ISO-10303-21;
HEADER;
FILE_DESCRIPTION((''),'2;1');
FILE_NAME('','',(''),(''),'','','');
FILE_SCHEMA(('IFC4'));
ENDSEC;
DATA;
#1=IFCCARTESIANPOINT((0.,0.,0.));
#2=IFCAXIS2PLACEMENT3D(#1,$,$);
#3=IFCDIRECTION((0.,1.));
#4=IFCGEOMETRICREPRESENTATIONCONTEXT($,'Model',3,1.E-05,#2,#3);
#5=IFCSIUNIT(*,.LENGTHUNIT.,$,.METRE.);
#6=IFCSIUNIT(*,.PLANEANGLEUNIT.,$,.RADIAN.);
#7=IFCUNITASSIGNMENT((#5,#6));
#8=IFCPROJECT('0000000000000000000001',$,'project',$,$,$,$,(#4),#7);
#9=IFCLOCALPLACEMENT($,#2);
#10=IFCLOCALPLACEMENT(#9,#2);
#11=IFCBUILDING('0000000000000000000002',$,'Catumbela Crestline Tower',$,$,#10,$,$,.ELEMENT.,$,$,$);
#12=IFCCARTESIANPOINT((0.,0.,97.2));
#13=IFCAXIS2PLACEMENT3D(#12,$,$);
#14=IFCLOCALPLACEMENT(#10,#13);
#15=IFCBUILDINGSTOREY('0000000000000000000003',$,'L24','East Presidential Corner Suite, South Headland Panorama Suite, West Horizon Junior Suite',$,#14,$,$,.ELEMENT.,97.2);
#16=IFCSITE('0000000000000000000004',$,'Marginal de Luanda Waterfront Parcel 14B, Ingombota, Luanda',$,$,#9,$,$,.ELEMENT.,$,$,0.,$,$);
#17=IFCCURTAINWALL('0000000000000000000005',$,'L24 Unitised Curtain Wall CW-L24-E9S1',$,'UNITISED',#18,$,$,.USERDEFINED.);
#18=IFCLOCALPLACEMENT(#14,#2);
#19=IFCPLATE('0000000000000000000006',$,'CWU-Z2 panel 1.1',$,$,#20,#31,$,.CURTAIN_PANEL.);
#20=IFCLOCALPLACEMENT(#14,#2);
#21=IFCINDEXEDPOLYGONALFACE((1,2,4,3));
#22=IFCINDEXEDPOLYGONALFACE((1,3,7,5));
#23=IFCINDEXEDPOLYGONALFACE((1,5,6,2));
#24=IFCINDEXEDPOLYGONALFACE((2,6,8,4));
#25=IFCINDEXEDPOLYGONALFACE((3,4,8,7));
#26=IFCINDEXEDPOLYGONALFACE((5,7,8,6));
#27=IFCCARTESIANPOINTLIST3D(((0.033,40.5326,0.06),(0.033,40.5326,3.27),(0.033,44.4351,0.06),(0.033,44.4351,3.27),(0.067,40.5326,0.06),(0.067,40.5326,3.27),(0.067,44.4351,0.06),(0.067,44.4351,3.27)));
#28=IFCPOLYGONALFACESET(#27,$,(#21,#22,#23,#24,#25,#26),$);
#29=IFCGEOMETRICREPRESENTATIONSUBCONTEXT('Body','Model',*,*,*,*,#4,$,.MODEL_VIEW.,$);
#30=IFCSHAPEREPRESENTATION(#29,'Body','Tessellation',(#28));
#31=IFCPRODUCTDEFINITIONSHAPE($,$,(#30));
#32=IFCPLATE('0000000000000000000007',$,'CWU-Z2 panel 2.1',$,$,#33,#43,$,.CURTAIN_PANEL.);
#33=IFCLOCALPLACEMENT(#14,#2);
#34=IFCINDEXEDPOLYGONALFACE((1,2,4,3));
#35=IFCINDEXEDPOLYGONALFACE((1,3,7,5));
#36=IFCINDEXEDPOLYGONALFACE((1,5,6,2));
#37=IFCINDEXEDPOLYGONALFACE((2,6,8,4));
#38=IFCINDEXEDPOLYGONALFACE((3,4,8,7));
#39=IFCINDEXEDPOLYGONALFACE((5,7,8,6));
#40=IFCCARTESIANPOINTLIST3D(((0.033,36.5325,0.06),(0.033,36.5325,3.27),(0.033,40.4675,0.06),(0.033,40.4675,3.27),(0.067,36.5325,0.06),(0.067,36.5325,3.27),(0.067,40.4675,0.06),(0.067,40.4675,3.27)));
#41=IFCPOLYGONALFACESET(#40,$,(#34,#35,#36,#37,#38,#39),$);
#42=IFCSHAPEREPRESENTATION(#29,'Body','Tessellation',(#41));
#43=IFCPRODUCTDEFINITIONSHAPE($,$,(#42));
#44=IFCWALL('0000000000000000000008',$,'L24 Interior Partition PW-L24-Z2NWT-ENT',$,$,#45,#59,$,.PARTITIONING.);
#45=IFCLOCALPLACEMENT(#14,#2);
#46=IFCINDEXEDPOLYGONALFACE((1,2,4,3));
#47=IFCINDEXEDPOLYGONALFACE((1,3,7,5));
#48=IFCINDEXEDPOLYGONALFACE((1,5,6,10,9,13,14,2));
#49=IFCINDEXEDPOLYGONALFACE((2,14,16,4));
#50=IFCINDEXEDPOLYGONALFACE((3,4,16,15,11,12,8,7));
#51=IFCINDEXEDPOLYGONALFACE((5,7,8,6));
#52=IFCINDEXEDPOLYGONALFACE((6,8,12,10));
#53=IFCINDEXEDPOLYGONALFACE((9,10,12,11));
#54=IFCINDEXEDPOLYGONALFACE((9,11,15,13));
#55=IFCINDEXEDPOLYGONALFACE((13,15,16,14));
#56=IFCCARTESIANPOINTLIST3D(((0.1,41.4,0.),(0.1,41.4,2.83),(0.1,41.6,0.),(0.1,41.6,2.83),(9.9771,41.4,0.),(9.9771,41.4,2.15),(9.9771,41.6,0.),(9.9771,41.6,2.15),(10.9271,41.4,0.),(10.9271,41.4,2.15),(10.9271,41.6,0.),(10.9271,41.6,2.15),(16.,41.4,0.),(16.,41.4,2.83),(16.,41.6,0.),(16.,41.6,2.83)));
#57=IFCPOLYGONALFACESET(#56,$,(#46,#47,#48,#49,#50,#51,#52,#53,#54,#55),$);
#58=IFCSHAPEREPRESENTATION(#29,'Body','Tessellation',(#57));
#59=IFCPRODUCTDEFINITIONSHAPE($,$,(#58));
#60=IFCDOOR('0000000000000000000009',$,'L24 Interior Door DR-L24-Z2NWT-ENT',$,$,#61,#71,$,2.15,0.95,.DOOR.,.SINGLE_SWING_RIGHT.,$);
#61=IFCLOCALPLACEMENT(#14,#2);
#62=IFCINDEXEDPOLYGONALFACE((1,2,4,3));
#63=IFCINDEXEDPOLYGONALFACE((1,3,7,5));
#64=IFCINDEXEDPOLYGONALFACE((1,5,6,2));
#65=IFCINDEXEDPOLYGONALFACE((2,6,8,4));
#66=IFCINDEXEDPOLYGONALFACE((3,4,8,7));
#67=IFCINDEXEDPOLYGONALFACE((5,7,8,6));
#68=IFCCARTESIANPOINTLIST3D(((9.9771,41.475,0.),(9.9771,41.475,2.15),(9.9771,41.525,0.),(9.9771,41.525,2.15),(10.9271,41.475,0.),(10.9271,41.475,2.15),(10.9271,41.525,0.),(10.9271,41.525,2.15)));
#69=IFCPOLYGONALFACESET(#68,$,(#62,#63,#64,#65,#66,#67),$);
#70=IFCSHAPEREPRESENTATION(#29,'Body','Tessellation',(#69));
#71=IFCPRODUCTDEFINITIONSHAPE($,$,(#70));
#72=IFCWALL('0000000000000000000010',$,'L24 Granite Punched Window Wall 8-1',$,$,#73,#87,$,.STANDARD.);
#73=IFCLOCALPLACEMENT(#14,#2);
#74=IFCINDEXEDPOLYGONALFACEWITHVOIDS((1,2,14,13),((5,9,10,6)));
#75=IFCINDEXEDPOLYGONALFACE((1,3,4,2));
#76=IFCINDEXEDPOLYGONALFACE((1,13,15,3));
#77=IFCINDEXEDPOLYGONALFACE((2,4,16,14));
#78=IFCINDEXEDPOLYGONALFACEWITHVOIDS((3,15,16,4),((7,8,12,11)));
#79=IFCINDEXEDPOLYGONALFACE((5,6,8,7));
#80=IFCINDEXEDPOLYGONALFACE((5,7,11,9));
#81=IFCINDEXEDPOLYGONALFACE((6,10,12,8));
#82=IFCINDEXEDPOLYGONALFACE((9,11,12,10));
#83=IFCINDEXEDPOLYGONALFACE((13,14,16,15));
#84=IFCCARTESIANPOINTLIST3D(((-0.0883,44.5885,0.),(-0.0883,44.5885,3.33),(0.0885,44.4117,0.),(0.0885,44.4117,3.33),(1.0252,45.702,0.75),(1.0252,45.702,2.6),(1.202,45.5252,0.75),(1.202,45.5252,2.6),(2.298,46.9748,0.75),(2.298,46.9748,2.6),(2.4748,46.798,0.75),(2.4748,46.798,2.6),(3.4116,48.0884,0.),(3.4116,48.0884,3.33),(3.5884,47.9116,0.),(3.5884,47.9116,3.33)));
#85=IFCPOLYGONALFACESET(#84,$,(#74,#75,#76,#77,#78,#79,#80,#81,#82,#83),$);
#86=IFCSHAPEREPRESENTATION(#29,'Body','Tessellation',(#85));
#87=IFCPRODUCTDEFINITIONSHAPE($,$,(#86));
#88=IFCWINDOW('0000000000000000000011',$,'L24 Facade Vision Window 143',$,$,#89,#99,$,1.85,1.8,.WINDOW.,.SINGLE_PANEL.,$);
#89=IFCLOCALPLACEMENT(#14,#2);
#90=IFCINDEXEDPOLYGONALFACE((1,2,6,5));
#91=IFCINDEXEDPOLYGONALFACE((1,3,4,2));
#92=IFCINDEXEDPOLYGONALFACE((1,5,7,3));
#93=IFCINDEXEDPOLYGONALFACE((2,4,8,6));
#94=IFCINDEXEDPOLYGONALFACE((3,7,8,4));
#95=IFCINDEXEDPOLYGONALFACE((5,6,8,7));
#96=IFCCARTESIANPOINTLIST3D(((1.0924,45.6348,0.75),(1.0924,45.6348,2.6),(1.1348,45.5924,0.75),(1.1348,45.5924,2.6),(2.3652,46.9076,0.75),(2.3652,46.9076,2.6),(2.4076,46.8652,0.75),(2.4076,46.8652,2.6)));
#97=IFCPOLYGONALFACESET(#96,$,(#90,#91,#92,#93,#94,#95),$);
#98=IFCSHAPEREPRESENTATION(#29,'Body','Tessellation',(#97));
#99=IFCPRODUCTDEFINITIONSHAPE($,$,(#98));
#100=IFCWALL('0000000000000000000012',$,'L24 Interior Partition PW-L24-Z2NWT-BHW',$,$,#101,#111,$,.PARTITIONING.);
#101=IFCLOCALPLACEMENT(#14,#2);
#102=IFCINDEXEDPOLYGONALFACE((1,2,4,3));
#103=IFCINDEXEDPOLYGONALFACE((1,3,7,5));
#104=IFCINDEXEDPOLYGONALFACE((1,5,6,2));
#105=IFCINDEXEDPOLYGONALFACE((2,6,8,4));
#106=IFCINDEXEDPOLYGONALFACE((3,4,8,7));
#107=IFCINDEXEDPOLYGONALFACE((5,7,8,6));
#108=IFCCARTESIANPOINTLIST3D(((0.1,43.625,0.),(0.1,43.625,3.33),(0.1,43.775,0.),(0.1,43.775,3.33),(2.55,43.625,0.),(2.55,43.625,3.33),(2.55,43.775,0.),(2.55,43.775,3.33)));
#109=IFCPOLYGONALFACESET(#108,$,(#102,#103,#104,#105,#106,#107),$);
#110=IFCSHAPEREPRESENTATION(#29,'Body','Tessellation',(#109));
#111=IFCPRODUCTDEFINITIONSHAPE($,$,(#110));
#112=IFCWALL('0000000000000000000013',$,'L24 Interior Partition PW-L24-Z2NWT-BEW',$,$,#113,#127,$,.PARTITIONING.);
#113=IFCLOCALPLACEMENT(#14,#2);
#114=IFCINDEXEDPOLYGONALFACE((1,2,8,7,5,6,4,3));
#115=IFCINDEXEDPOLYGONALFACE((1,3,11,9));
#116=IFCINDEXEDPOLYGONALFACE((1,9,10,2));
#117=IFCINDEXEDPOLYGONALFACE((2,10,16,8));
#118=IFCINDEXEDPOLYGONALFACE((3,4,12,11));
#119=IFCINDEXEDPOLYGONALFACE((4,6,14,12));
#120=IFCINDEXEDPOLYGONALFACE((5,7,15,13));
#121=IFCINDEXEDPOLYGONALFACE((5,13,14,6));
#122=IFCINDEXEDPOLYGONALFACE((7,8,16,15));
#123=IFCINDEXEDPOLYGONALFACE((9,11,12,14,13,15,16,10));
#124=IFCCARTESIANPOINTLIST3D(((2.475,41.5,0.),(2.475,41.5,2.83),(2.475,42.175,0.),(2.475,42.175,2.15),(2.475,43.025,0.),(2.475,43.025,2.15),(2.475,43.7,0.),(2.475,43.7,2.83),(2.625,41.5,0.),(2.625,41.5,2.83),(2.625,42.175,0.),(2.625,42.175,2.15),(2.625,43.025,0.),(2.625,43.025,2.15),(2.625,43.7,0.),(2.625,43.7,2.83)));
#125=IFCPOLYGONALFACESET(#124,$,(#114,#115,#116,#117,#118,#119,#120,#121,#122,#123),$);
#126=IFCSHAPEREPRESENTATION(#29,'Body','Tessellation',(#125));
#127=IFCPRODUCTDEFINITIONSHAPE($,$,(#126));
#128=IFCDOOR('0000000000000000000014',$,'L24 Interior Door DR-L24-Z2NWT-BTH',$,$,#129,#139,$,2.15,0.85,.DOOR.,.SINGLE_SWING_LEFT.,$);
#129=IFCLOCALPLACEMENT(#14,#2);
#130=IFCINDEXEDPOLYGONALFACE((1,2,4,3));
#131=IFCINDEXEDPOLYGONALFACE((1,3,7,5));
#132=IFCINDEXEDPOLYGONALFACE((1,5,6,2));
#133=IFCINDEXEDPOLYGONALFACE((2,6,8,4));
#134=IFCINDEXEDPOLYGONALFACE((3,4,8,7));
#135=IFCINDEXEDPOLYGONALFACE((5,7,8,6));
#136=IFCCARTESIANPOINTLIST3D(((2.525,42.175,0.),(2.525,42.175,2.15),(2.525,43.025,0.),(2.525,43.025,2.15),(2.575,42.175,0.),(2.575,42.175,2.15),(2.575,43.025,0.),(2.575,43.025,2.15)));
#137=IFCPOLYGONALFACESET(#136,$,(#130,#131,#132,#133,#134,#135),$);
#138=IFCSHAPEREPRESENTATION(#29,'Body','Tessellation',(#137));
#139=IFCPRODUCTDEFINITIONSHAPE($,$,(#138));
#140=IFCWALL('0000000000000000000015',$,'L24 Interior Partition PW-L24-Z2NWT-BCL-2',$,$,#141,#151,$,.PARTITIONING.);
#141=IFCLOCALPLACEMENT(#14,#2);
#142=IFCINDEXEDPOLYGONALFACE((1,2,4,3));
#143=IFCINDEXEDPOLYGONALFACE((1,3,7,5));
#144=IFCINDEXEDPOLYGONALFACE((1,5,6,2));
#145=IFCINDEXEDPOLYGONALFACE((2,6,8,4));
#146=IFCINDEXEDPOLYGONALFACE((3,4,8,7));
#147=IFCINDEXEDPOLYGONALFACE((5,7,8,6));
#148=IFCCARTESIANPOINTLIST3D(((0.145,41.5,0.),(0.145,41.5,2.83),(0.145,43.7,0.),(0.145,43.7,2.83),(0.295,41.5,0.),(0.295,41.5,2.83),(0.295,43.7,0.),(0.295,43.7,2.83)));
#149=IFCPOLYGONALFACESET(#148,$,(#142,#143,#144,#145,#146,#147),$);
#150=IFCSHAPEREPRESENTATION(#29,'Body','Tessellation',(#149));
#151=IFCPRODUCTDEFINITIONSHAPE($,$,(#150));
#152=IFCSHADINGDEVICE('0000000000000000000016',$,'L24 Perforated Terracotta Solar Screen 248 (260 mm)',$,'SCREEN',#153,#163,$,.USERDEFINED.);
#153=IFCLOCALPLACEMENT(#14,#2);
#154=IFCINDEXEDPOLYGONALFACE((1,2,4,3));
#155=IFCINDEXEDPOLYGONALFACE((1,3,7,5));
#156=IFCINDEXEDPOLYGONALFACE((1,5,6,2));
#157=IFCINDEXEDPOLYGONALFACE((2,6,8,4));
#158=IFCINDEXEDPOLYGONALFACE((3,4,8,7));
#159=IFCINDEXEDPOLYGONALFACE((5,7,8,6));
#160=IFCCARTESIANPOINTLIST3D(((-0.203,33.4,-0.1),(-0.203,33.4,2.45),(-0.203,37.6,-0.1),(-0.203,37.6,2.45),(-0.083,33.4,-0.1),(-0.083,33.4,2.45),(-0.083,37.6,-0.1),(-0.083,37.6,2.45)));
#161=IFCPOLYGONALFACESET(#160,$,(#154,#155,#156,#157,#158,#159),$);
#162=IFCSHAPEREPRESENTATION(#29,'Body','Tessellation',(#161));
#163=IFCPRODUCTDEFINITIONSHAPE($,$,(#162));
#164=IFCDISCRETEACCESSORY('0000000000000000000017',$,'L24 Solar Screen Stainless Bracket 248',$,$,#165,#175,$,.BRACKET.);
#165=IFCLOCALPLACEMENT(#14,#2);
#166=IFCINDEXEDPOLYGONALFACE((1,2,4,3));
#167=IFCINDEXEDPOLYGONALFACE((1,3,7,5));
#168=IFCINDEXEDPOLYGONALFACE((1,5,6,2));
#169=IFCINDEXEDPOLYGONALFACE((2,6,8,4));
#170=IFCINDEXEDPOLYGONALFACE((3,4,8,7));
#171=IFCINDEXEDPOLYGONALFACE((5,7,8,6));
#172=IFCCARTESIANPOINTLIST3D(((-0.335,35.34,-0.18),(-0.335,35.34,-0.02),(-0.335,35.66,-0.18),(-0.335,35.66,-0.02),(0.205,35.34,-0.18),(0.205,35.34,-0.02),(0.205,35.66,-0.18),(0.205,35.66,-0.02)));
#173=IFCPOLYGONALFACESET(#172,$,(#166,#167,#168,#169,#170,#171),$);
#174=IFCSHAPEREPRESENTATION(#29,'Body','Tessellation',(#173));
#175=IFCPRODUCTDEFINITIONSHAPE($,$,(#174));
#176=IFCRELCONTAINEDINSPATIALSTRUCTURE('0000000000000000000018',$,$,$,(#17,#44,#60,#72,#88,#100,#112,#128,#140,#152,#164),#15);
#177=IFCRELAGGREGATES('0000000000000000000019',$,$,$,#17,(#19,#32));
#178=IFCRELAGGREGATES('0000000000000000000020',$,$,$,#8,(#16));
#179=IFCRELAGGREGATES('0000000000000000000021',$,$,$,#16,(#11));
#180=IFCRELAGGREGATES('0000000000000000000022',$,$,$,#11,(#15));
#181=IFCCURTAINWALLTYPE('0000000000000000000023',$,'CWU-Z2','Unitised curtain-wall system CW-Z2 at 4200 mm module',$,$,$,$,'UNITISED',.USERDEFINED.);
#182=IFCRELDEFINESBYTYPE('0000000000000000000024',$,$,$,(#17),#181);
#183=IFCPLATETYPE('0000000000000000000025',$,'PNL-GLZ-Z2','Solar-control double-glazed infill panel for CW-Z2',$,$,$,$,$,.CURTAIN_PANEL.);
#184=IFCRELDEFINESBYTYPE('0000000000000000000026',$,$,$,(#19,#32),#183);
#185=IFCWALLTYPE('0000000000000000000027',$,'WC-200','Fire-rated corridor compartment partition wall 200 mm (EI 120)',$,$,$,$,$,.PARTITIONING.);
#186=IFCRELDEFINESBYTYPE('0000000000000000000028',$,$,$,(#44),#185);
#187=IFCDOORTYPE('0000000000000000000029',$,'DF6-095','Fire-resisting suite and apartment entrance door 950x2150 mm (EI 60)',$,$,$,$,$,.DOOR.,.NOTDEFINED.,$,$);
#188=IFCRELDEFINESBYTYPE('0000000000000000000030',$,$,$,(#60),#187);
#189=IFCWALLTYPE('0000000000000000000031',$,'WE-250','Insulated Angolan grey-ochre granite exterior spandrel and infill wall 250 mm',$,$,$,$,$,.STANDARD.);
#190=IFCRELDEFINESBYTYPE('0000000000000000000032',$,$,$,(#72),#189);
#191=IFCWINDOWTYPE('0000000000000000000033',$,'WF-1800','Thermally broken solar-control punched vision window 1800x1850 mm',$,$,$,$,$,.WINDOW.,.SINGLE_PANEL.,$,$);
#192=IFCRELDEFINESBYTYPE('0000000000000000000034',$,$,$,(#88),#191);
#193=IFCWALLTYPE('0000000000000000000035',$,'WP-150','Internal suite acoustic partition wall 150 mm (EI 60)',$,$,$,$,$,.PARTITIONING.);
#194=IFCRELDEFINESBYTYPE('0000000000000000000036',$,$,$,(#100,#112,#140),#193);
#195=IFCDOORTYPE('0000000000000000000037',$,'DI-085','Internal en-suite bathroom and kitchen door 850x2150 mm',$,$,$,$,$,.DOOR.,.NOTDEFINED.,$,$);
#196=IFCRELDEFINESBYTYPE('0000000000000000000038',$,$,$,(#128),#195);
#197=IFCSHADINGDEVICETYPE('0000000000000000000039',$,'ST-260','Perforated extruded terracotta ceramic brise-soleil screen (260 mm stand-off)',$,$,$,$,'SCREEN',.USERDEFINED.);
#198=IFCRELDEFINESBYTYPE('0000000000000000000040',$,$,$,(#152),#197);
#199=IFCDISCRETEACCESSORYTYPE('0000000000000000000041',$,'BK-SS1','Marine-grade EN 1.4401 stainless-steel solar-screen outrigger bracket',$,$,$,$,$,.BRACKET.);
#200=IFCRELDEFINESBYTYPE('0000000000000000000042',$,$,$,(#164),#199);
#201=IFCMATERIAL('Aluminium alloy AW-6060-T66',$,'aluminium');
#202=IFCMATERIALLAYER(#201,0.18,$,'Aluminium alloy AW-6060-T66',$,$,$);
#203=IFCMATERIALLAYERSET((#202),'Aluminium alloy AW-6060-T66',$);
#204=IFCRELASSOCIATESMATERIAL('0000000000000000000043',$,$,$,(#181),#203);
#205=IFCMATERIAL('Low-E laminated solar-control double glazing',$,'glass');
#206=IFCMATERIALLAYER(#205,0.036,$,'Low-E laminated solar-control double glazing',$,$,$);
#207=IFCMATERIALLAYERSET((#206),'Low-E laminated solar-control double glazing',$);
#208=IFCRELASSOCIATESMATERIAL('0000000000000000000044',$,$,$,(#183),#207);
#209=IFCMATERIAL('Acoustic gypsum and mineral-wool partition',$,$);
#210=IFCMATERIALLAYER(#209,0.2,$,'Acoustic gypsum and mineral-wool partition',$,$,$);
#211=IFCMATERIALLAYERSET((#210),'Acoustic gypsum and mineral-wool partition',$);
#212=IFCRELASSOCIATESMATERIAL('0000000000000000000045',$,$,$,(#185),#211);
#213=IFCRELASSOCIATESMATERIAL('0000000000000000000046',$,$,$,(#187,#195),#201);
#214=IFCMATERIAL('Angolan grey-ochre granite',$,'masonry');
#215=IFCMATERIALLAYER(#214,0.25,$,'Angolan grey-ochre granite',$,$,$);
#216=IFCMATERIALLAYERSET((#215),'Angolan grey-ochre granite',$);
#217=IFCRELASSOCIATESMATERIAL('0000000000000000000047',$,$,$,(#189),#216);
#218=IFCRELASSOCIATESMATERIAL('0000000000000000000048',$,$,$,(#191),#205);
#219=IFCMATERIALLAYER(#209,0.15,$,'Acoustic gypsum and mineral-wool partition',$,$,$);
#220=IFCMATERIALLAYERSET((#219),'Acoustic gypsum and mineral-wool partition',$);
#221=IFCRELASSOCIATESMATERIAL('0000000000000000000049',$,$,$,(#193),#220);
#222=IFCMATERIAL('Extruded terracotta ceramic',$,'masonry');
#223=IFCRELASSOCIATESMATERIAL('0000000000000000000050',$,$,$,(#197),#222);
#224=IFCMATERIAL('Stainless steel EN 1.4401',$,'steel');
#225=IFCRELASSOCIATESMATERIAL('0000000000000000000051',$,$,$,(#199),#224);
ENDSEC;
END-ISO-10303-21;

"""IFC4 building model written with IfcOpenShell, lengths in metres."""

from ifc_helpers import new_model, si_unit, direction, frame, frame_2d, origin, origin_2d, place, context, subcontext, project, spatial, rectangle, extrude, material, layer, layer_set, type_object, element, fill, aggregate, save


model = new_model("IFC4")

# Units and contexts
model_context = context("Model", 3, precision=1e-05, world=origin(), true_north=direction((0.0, 1.0)))
body_context = subcontext(model_context, "Body", "Model", "MODEL_VIEW")
ifc_project = project(units=[si_unit("LENGTHUNIT", "METRE"), si_unit("PLANEANGLEUNIT", "RADIAN")], contexts=[model_context])

# Site, building, storey
site_placement = place(None, origin())
site = spatial("IfcSite", under=ifc_project, at=site_placement, Name="Marginal de Luanda Waterfront Parcel 14B, Ingombota, Luanda", CompositionType="ELEMENT", RefElevation=0.0)
building_placement = place(site_placement, origin())
building = spatial("IfcBuilding", under=site, at=building_placement, Name="Catumbela Crestline Tower", CompositionType="ELEMENT")
storey_placement = place(building_placement, frame((0.0, 0.0, 97.2)))
storey = spatial("IfcBuildingStorey", under=building, at=storey_placement, Name="L24", Description="East Presidential Corner Suite, South Headland Panorama Suite, West Horizon Junior Suite", CompositionType="ELEMENT", Elevation=97.2)

# Shared definitions
ifc_material_1 = material(Name="Aluminium alloy AW-6060-T66", Category="aluminium")
ifc_layer_1 = layer(ifc_material_1, 0.18, Name="Aluminium alloy AW-6060-T66")
ifc_layer_set_1 = layer_set([ifc_layer_1], Name="Aluminium alloy AW-6060-T66")
curtain_wall_type = type_object("IfcCurtainWallType", Name="CWU-Z2", Description="Unitised curtain-wall system CW-Z2 at 4200 mm module", ElementType="UNITISED", PredefinedType="USERDEFINED", material=ifc_layer_set_1)

# Curtain wall
curtain_wall_1_placement = place(storey_placement, origin())
curtain_wall_1 = element("IfcCurtainWall", 1, at=curtain_wall_1_placement, inside=storey, type_object=curtain_wall_type, Name="L24 Unitised Curtain Wall CW-L24-E9S1", ObjectType="UNITISED", PredefinedType="USERDEFINED")

# Plates
ifc_material_2 = material(Name="Low-E laminated solar-control double glazing", Category="glass")
ifc_layer_2 = layer(ifc_material_2, 0.036, Name="Low-E laminated solar-control double glazing")
ifc_layer_set_2 = layer_set([ifc_layer_2], Name="Low-E laminated solar-control double glazing")
plate_type = type_object("IfcPlateType", Name="PNL-GLZ-Z2", Description="Solar-control double-glazed infill panel for CW-Z2", PredefinedType="CURTAIN_PANEL", material=ifc_layer_set_2)
plate_1_placement = place(storey_placement, frame((0.05, 42.4838, 0.06), z_axis=(0.0, 0.0, 1.0), x_axis=(0.0, -1.0, 0.0)))
plate_1 = element("IfcPlate", 2, at=plate_1_placement, type_object=plate_type, Name="CWU-Z2 panel 1.1", PredefinedType="CURTAIN_PANEL", context=body_context, shape_type="SweptSolid", body=[
    extrude(rectangle(XDim=3.9025, YDim=0.034, at=origin_2d()), origin(), (0.0, 0.0, 1.0), 3.21),
])
plate_2_placement = place(storey_placement, frame((0.05, 38.5, 0.06), z_axis=(0.0, 0.0, 1.0), x_axis=(0.0, -1.0, 0.0)))
plate_2 = element("IfcPlate", 3, at=plate_2_placement, type_object=plate_type, Name="CWU-Z2 panel 2.1", PredefinedType="CURTAIN_PANEL", context=body_context, shape_type="SweptSolid", body=[
    extrude(rectangle(XDim=3.935, YDim=0.034, at=origin_2d()), origin(), (0.0, 0.0, 1.0), 3.21),
])
aggregate(curtain_wall_1, [plate_1, plate_2])

# Wall, opening, door
ifc_material_3 = material(Name="Acoustic gypsum and mineral-wool partition")
ifc_layer_3 = layer(ifc_material_3, 0.2, Name="Acoustic gypsum and mineral-wool partition")
ifc_layer_set_3 = layer_set([ifc_layer_3], Name="Acoustic gypsum and mineral-wool partition")
wall_type_1 = type_object("IfcWallType", Name="WC-200", Description="Fire-rated corridor compartment partition wall 200 mm (EI 120)", PredefinedType="PARTITIONING", material=ifc_layer_set_3)
wall_1_placement = place(storey_placement, frame((0.1, 41.5, 0.0), z_axis=(0.0, 0.0, 1.0), x_axis=(1.0, 0.0, 0.0)))
wall_1 = element("IfcWall", 4, at=wall_1_placement, inside=storey, type_object=wall_type_1, Name="L24 Interior Partition PW-L24-Z2NWT-ENT", PredefinedType="PARTITIONING", context=body_context, shape_type="SweptSolid", body=[
    extrude(rectangle(XDim=15.9, YDim=0.2, at=frame_2d((7.95, 0.0))), origin(), (0.0, 0.0, 1.0), 2.83),
])
opening_1_placement = place(wall_1_placement, frame((9.8771, 0.0, 0.0)))
opening_1 = element("IfcOpeningElement", 5, at=opening_1_placement, cuts=wall_1, PredefinedType="OPENING", context=body_context, shape_type="SweptSolid", body=[
    extrude(rectangle(XDim=0.95, YDim=2.15, at=frame_2d((0.475, 1.075))), frame((0.0, 0.11, 0.0), z_axis=(0.0, -1.0, 0.0), x_axis=(1.0, 0.0, 0.0)), (0.0, 0.0, 1.0), 0.22),
])
door_type_1 = type_object("IfcDoorType", Name="DF6-095", Description="Fire-resisting suite and apartment entrance door 950x2150 mm (EI 60)", OperationType="NOTDEFINED", PredefinedType="DOOR", material=ifc_material_1)
door_1_placement = place(opening_1_placement, origin())
door_1 = element("IfcDoor", 6, at=door_1_placement, inside=storey, type_object=door_type_1, Name="L24 Interior Door DR-L24-Z2NWT-ENT", OperationType="SINGLE_SWING_RIGHT", OverallHeight=2.15, OverallWidth=0.95, PredefinedType="DOOR", context=body_context, shape_type="SweptSolid", body=[
    extrude(rectangle(XDim=0.95, YDim=2.15, at=frame_2d((0.475, 1.075))), frame((0.0, 0.025, 0.0), z_axis=(0.0, -1.0, 0.0), x_axis=(1.0, 0.0, 0.0)), (0.0, 0.0, 1.0), 0.05),
])
fill(opening_1, door_1)

# Wall, opening, window
ifc_material_4 = material(Name="Angolan grey-ochre granite", Category="masonry")
ifc_layer_4 = layer(ifc_material_4, 0.25, Name="Angolan grey-ochre granite")
ifc_layer_set_4 = layer_set([ifc_layer_4], Name="Angolan grey-ochre granite")
wall_type_2 = type_object("IfcWallType", Name="WE-250", Description="Insulated Angolan grey-ochre granite exterior spandrel and infill wall 250 mm", PredefinedType="STANDARD", material=ifc_layer_set_4)
wall_2_placement = place(storey_placement, frame((3.5, 48.0, 0.0), z_axis=(0.0, 0.0, 1.0), x_axis=(-0.707107, -0.707107, 0.0)))
wall_2 = element("IfcWall", 7, at=wall_2_placement, inside=storey, type_object=wall_type_2, Name="L24 Granite Punched Window Wall 8-1", PredefinedType="STANDARD", context=body_context, shape_type="SweptSolid", body=[
    extrude(rectangle(XDim=4.9497, YDim=0.25, at=frame_2d((2.4748, 0.0))), origin(), (0.0, 0.0, 1.0), 3.33),
])
opening_2_placement = place(wall_2_placement, frame((1.5749, 0.0, 0.75)))
opening_2 = element("IfcOpeningElement", 8, at=opening_2_placement, cuts=wall_2, PredefinedType="OPENING", context=body_context, shape_type="SweptSolid", body=[
    extrude(rectangle(XDim=1.8, YDim=1.85, at=frame_2d((0.9, 0.925))), frame((0.0, 0.135, 0.0), z_axis=(0.0, -1.0, 0.0), x_axis=(1.0, 0.0, 0.0)), (0.0, 0.0, 1.0), 0.27),
])
window_type = type_object("IfcWindowType", Name="WF-1800", Description="Thermally broken solar-control punched vision window 1800x1850 mm", PartitioningType="SINGLE_PANEL", PredefinedType="WINDOW", material=ifc_material_2)
window_placement = place(opening_2_placement, origin())
window = element("IfcWindow", 9, at=window_placement, inside=storey, type_object=window_type, Name="L24 Facade Vision Window 143", OverallHeight=1.85, OverallWidth=1.8, PartitioningType="SINGLE_PANEL", PredefinedType="WINDOW", context=body_context, shape_type="SweptSolid", body=[
    extrude(rectangle(XDim=1.8, YDim=1.85, at=frame_2d((0.9, 0.925))), frame((0.0, 0.03, 0.0), z_axis=(0.0, -1.0, 0.0), x_axis=(1.0, 0.0, 0.0)), (0.0, 0.0, 1.0), 0.06),
])
fill(opening_2, window)

# Wall
ifc_layer_5 = layer(ifc_material_3, 0.15, Name="Acoustic gypsum and mineral-wool partition")
ifc_layer_set_5 = layer_set([ifc_layer_5], Name="Acoustic gypsum and mineral-wool partition")
wall_type_3 = type_object("IfcWallType", Name="WP-150", Description="Internal suite acoustic partition wall 150 mm (EI 60)", PredefinedType="PARTITIONING", material=ifc_layer_set_5)
wall_3_placement = place(storey_placement, frame((0.1, 43.7, 0.0), z_axis=(0.0, 0.0, 1.0), x_axis=(1.0, 0.0, 0.0)))
element("IfcWall", 10, at=wall_3_placement, inside=storey, type_object=wall_type_3, Name="L24 Interior Partition PW-L24-Z2NWT-BHW", PredefinedType="PARTITIONING", context=body_context, shape_type="SweptSolid", body=[
    extrude(rectangle(XDim=2.45, YDim=0.15, at=frame_2d((1.225, 0.0))), origin(), (0.0, 0.0, 1.0), 3.33),
])

# Wall, opening, door
wall_4_placement = place(storey_placement, frame((2.55, 41.5, 0.0), z_axis=(0.0, 0.0, 1.0), x_axis=(0.0, 1.0, 0.0)))
wall_4 = element("IfcWall", 11, at=wall_4_placement, inside=storey, type_object=wall_type_3, Name="L24 Interior Partition PW-L24-Z2NWT-BEW", PredefinedType="PARTITIONING", context=body_context, shape_type="SweptSolid", body=[
    extrude(rectangle(XDim=2.2, YDim=0.15, at=frame_2d((1.1, 0.0))), origin(), (0.0, 0.0, 1.0), 2.83),
])
opening_3_placement = place(wall_4_placement, frame((0.675, 0.0, 0.0)))
opening_3 = element("IfcOpeningElement", 12, at=opening_3_placement, cuts=wall_4, PredefinedType="OPENING", context=body_context, shape_type="SweptSolid", body=[
    extrude(rectangle(XDim=0.85, YDim=2.15, at=frame_2d((0.425, 1.075))), frame((0.0, 0.085, 0.0), z_axis=(0.0, -1.0, 0.0), x_axis=(1.0, 0.0, 0.0)), (0.0, 0.0, 1.0), 0.17),
])
door_type_2 = type_object("IfcDoorType", Name="DI-085", Description="Internal en-suite bathroom and kitchen door 850x2150 mm", OperationType="NOTDEFINED", PredefinedType="DOOR", material=ifc_material_1)
door_2_placement = place(opening_3_placement, origin())
door_2 = element("IfcDoor", 13, at=door_2_placement, inside=storey, type_object=door_type_2, Name="L24 Interior Door DR-L24-Z2NWT-BTH", OperationType="SINGLE_SWING_LEFT", OverallHeight=2.15, OverallWidth=0.85, PredefinedType="DOOR", context=body_context, shape_type="SweptSolid", body=[
    extrude(rectangle(XDim=0.85, YDim=2.15, at=frame_2d((0.425, 1.075))), frame((0.0, 0.025, 0.0), z_axis=(0.0, -1.0, 0.0), x_axis=(1.0, 0.0, 0.0)), (0.0, 0.0, 1.0), 0.05),
])
fill(opening_3, door_2)

# Wall
wall_5_placement = place(storey_placement, frame((0.22, 41.5, 0.0), z_axis=(0.0, 0.0, 1.0), x_axis=(0.0, 1.0, 0.0)))
element("IfcWall", 14, at=wall_5_placement, inside=storey, type_object=wall_type_3, Name="L24 Interior Partition PW-L24-Z2NWT-BCL-2", PredefinedType="PARTITIONING", context=body_context, shape_type="SweptSolid", body=[
    extrude(rectangle(XDim=2.2, YDim=0.15, at=frame_2d((1.1, 0.0))), origin(), (0.0, 0.0, 1.0), 2.83),
])

# Shading device
ifc_material_5 = material(Name="Extruded terracotta ceramic", Category="masonry")
shading_device_type = type_object("IfcShadingDeviceType", Name="ST-260", Description="Perforated extruded terracotta ceramic brise-soleil screen (260 mm stand-off)", ElementType="SCREEN", PredefinedType="USERDEFINED", material=ifc_material_5)
shading_device_placement = place(storey_placement, frame((-0.143, 35.5, -0.1), z_axis=(0.0, 0.0, 1.0), x_axis=(0.0, -1.0, 0.0)))
element("IfcShadingDevice", 15, at=shading_device_placement, inside=storey, type_object=shading_device_type, Name="L24 Perforated Terracotta Solar Screen 248 (260 mm)", ObjectType="SCREEN", PredefinedType="USERDEFINED", context=body_context, shape_type="SweptSolid", body=[
    extrude(rectangle(XDim=4.2, YDim=0.12, at=origin_2d()), origin(), (0.0, 0.0, 1.0), 2.55),
])

# Discrete accessory
ifc_material_6 = material(Name="Stainless steel EN 1.4401", Category="steel")
discrete_accessory_type = type_object("IfcDiscreteAccessoryType", Name="BK-SS1", Description="Marine-grade EN 1.4401 stainless-steel solar-screen outrigger bracket", PredefinedType="BRACKET", material=ifc_material_6)
discrete_accessory_placement = place(storey_placement, frame((-0.065, 35.5, -0.18), z_axis=(0.0, 0.0, 1.0), x_axis=(0.0, -1.0, 0.0)))
element("IfcDiscreteAccessory", 16, at=discrete_accessory_placement, inside=storey, type_object=discrete_accessory_type, Name="L24 Solar Screen Stainless Bracket 248", PredefinedType="BRACKET", context=body_context, shape_type="SweptSolid", body=[
    extrude(rectangle(XDim=0.32, YDim=0.54, at=origin_2d()), origin(), (0.0, 0.0, 1.0), 0.16),
])

save(model, "model.ifc")
